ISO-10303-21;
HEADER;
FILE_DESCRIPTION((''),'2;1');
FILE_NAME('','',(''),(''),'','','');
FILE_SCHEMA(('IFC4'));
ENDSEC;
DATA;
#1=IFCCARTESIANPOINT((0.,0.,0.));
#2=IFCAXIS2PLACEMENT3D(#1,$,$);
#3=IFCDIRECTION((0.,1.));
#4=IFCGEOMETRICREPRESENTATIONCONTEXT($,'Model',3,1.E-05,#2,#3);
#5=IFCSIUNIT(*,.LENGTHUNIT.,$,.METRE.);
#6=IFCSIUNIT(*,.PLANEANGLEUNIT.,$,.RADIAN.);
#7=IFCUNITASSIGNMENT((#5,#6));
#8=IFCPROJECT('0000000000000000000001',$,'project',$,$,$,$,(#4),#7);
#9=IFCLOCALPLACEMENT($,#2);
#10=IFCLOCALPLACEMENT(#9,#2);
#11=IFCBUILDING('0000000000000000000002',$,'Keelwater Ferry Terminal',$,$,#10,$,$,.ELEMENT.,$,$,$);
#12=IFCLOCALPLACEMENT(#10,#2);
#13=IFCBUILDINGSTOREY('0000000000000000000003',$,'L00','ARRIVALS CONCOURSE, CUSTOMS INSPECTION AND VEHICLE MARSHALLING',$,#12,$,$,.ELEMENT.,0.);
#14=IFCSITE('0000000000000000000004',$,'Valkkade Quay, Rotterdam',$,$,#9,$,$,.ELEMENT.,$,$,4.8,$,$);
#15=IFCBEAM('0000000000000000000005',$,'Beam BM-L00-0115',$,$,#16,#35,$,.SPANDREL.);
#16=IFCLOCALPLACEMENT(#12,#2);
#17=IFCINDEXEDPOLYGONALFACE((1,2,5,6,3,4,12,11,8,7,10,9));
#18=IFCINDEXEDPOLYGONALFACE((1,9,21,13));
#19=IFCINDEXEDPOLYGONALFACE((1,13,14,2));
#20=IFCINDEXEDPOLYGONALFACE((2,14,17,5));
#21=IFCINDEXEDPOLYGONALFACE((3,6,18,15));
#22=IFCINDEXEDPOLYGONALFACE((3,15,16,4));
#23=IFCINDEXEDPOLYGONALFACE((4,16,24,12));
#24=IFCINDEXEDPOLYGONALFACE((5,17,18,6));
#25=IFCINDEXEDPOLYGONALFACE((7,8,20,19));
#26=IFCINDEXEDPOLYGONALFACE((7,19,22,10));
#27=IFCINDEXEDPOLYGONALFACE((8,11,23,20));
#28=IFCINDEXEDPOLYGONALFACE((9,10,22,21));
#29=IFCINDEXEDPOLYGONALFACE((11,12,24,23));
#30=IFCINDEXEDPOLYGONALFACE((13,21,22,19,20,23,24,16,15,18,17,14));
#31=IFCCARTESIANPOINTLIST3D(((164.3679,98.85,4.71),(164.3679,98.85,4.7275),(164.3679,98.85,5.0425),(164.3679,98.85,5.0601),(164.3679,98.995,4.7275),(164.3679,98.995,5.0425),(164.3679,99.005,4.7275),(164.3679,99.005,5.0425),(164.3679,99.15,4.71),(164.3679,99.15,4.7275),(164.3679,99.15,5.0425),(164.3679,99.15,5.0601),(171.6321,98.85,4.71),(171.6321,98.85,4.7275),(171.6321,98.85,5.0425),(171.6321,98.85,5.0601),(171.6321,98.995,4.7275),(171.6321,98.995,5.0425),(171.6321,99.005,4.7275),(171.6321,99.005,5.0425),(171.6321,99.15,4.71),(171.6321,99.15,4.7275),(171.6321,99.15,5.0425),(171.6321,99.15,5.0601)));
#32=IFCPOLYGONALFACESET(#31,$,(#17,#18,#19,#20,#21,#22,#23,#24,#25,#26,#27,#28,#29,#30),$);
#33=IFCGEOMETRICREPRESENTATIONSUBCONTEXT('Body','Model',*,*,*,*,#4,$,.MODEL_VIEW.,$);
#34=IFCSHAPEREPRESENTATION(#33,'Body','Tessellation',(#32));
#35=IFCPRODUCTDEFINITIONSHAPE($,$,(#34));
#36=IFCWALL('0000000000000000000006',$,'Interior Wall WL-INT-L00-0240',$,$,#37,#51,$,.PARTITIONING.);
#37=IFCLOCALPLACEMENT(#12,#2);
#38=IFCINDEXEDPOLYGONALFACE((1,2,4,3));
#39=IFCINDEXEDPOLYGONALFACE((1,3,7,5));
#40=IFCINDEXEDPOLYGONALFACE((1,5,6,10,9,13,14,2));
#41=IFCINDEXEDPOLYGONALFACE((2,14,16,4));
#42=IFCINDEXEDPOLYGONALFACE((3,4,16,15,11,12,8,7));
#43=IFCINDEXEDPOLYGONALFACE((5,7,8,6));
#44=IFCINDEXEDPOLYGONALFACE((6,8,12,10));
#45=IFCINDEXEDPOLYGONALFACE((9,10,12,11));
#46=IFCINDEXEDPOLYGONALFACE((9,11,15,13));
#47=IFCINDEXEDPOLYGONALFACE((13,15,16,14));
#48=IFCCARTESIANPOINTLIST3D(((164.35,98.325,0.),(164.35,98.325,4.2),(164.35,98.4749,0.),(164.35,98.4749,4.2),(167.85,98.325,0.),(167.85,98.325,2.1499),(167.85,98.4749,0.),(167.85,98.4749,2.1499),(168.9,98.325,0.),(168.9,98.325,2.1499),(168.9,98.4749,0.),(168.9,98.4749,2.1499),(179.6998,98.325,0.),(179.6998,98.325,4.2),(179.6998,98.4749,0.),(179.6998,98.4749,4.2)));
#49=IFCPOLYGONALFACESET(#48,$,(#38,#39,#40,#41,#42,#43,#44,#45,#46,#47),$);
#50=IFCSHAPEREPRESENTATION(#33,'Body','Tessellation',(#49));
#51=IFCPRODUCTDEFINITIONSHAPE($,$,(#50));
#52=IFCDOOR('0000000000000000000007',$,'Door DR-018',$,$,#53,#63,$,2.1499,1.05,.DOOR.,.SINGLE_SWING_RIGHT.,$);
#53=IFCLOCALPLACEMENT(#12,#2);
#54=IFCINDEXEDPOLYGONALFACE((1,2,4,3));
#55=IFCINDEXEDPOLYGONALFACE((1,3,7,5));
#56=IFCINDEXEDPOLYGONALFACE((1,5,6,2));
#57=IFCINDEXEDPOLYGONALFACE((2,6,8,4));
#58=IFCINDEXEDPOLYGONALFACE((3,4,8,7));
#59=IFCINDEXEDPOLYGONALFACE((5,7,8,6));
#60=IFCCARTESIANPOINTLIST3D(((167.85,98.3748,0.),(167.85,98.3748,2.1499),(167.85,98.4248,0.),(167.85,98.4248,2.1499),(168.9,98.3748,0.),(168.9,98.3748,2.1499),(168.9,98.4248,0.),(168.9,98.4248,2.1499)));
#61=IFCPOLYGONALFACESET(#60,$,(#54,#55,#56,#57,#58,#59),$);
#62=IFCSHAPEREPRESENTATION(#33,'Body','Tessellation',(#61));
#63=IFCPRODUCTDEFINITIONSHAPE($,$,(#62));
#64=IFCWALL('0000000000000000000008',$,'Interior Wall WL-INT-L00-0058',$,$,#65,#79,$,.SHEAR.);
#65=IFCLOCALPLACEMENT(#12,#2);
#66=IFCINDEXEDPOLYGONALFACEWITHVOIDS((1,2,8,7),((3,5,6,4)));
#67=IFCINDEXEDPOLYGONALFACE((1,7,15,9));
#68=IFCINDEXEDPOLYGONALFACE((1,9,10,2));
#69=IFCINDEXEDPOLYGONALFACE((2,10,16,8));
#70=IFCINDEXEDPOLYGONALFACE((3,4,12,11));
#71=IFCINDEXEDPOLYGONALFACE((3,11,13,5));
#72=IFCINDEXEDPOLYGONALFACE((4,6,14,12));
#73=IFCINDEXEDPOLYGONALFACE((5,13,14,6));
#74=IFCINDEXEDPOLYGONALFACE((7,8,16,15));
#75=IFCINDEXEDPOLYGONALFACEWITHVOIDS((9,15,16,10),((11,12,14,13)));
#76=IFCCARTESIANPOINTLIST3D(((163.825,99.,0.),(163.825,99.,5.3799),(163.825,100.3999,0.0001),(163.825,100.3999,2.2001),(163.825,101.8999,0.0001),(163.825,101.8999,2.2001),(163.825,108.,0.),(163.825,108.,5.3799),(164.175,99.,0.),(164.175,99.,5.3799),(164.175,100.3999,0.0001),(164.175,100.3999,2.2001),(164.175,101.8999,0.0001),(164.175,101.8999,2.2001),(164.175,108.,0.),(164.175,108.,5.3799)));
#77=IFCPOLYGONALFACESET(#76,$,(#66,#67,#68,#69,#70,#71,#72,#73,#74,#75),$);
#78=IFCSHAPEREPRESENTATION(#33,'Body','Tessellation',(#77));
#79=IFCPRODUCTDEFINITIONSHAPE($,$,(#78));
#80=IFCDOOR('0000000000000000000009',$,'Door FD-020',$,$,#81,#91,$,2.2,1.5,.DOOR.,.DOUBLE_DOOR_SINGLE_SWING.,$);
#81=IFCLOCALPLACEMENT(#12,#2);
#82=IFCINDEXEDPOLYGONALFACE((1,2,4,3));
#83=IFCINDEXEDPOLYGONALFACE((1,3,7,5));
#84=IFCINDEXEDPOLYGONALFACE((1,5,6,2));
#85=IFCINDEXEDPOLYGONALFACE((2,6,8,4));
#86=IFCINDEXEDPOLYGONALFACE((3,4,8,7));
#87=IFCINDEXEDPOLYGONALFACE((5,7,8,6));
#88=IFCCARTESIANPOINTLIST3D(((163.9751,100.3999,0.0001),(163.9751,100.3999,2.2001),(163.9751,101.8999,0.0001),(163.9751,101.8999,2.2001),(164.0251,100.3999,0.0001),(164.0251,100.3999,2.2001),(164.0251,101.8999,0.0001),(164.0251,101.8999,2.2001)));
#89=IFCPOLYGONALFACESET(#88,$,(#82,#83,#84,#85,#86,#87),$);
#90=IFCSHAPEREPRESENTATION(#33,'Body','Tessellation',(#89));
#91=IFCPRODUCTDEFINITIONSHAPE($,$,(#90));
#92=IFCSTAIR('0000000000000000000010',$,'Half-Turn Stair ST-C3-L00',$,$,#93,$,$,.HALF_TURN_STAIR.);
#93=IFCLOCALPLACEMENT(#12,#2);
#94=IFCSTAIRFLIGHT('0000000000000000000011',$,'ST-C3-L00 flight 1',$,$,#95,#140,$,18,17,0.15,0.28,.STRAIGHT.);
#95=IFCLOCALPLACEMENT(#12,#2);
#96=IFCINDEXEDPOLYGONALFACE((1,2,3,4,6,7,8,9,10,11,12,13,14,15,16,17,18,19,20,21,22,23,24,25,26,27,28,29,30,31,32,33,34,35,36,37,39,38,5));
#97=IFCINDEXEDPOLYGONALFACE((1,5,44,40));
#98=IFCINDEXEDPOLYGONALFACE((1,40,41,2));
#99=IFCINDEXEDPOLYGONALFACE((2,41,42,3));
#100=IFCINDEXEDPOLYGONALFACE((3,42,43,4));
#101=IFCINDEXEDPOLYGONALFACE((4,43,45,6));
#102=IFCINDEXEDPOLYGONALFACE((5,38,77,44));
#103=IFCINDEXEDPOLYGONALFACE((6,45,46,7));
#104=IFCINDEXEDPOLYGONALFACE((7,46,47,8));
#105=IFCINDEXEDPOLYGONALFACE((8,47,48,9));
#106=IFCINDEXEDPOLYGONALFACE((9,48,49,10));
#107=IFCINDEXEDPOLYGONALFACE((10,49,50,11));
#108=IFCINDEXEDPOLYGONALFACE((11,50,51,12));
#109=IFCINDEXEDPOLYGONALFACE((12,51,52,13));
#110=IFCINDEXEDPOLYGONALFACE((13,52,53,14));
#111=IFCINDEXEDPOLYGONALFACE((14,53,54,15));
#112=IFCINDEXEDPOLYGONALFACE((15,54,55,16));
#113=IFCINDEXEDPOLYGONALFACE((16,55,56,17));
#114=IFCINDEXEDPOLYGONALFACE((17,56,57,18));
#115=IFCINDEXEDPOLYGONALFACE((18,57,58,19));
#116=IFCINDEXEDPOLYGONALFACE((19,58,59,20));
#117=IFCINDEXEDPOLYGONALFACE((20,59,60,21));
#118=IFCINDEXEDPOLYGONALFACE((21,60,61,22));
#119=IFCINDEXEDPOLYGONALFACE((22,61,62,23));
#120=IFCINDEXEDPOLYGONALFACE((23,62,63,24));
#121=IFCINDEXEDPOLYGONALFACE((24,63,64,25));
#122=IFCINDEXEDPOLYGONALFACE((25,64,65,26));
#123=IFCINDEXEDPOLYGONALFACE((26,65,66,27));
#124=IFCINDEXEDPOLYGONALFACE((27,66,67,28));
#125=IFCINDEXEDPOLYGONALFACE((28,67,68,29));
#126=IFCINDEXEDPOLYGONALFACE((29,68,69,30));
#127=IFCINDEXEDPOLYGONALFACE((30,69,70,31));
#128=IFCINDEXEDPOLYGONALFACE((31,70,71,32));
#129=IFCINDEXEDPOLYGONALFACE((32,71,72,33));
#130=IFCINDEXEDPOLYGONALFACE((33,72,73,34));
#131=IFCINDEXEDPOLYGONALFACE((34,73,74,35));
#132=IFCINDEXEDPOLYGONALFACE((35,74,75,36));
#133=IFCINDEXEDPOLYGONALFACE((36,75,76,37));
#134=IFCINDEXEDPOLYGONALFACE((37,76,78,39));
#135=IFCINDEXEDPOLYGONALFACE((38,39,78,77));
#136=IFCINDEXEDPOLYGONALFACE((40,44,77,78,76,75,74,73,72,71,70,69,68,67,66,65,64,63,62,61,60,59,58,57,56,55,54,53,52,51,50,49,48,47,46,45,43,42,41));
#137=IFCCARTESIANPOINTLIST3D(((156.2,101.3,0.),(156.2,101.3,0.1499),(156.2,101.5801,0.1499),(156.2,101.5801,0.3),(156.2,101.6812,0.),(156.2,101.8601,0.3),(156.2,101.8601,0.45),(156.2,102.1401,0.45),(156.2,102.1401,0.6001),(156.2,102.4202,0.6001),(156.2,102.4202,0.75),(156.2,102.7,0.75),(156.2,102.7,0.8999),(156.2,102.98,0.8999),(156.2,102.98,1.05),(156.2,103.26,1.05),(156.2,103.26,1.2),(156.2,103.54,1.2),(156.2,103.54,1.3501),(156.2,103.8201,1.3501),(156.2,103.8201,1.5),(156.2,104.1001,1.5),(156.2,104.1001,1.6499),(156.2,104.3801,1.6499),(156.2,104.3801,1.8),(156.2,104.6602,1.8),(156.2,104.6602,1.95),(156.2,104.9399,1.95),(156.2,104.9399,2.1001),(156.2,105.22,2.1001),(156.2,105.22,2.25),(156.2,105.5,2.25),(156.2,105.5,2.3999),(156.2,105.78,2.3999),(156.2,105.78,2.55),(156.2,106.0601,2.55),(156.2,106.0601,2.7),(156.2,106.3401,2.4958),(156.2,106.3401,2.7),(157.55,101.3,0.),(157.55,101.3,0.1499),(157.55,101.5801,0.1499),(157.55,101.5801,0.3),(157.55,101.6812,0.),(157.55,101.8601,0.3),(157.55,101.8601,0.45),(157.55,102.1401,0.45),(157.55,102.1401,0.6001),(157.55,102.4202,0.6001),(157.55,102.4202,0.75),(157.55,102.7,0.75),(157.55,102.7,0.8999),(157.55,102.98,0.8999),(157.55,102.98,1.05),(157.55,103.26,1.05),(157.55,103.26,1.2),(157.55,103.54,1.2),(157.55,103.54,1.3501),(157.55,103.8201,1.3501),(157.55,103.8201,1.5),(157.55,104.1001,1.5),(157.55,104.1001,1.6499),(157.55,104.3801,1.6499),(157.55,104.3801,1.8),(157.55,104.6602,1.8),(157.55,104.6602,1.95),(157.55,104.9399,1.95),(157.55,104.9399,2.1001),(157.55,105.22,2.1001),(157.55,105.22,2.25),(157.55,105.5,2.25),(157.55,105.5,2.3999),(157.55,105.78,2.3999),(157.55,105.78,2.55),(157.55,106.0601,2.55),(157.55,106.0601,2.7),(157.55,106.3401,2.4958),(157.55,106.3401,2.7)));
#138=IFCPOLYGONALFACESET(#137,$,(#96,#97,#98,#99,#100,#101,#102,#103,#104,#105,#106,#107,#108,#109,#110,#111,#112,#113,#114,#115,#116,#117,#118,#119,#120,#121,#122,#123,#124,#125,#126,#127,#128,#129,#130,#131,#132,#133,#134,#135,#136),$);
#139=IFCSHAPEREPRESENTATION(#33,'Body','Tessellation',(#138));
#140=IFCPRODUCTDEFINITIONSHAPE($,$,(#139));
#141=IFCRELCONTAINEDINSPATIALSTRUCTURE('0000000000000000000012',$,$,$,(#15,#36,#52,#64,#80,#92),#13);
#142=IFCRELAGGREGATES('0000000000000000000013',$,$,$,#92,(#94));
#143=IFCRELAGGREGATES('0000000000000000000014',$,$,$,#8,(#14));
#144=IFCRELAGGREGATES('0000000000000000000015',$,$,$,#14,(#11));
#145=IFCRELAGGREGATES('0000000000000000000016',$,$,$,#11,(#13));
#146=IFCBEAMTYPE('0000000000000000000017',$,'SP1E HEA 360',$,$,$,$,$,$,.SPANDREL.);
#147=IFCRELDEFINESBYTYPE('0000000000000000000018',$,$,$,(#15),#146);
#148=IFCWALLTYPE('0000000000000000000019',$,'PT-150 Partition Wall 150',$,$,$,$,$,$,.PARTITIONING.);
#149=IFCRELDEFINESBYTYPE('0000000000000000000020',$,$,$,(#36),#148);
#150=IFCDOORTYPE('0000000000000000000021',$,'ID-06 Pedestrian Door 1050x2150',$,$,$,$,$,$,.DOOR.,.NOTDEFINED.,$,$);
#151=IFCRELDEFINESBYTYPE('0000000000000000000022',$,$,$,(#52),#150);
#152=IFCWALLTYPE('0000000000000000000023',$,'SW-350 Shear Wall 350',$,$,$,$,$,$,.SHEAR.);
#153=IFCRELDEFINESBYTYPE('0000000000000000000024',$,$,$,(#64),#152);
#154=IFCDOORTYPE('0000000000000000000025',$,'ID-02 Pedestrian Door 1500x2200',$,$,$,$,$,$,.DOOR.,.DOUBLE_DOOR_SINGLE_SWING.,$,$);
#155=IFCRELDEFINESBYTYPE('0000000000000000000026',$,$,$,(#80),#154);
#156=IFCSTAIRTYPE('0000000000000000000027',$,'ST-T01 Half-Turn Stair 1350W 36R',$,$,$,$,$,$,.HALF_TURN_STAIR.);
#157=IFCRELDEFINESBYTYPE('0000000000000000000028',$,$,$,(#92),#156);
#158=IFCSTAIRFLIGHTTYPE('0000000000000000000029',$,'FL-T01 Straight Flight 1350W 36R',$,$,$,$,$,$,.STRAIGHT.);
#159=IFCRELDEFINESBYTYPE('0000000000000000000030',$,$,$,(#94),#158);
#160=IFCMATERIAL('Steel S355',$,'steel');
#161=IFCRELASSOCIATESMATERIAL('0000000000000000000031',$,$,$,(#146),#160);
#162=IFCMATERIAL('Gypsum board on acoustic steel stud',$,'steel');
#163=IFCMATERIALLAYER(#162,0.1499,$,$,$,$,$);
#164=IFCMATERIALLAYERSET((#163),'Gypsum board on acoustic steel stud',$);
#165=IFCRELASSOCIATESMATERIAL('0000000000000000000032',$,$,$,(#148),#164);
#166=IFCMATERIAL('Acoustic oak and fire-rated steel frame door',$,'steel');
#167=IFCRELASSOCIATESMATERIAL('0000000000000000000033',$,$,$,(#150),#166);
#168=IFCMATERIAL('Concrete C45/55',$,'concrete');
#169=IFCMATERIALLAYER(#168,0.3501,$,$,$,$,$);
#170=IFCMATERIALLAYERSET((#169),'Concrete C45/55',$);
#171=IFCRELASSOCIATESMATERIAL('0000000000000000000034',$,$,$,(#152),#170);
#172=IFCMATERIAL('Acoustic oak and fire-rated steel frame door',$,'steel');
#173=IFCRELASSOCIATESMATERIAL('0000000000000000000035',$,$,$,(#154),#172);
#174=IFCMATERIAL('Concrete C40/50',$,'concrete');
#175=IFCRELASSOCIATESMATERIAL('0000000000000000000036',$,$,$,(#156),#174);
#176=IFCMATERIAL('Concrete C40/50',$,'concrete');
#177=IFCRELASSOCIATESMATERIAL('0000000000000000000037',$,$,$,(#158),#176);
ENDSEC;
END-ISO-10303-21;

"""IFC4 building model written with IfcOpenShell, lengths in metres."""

from ifc_helpers import new_model, si_unit, direction, frame, frame_2d, origin, origin_2d, place, context, subcontext, project, spatial, polyline, rectangle, i_section, outline, extrude, material, layer, layer_set, material_profile, profile_set, type_object, element, fill, aggregate, save


model = new_model("IFC4")

# Units and contexts
model_context = context("Model", 3, precision=1e-05, world=origin(), true_north=direction((0.0, 1.0)))
body_context = subcontext(model_context, "Body", "Model", "MODEL_VIEW")
ifc_project = project(units=[si_unit("LENGTHUNIT", "METRE"), si_unit("PLANEANGLEUNIT", "RADIAN")], contexts=[model_context])

# Site, building, storey
site_placement = place(None, origin())
site = spatial("IfcSite", under=ifc_project, at=site_placement, Name="Valkkade Quay, Rotterdam", CompositionType="ELEMENT", RefElevation=4.8)
building_placement = place(site_placement, origin())
building = spatial("IfcBuilding", under=site, at=building_placement, Name="Keelwater Ferry Terminal", CompositionType="ELEMENT")
storey_placement = place(building_placement, origin())
storey = spatial("IfcBuildingStorey", under=building, at=storey_placement, Name="L00", Description="ARRIVALS CONCOURSE, CUSTOMS INSPECTION AND VEHICLE MARSHALLING", CompositionType="ELEMENT", Elevation=0.0)

# Beam
ifc_material_1 = material(Name="Steel S355", Category="steel")
ifc_material_profile_1 = material_profile(ifc_material_1, i_section(OverallWidth=0.3, OverallDepth=0.3501, WebThickness=0.01, FlangeThickness=0.0176, at=origin_2d()), Name="HEA 360")
ifc_profile_set_1 = profile_set([ifc_material_profile_1], Name="Steel S355")
beam_type_1 = type_object("IfcBeamType", Name="SP1E HEA 360", PredefinedType="SPANDREL", material=ifc_profile_set_1)
beam_1_placement = place(storey_placement, frame((164.3679, 99.0, 4.885), z_axis=(1.0, 0.0, 0.0), x_axis=(0.0, 1.0, 0.0)))
element("IfcBeam", 1, at=beam_1_placement, inside=storey, type_object=beam_type_1, Name="Beam BM-L00-0115", PredefinedType="SPANDREL", context=body_context, shape_type="SweptSolid", body=[
    extrude(i_section(OverallWidth=0.3, OverallDepth=0.3501, WebThickness=0.01, FlangeThickness=0.0176, at=origin_2d()), origin(), (0.0, 0.0, 1.0), 7.2642),
])

# Walls, openings, doors
ifc_material_2 = material(Name="Gypsum board on acoustic steel stud", Category="steel")
ifc_layer_1 = layer(ifc_material_2, 0.1499)
ifc_layer_set_1 = layer_set([ifc_layer_1], Name="Gypsum board on acoustic steel stud")
wall_type_1 = type_object("IfcWallType", Name="PT-150 Partition Wall 150", PredefinedType="PARTITIONING", material=ifc_layer_set_1)
wall_1_placement = place(storey_placement, frame((164.3501, 98.3999, 0.0), z_axis=(0.0, 0.0, 1.0), x_axis=(1.0, 0.0, 0.0)))
wall_1 = element("IfcWall", 2, at=wall_1_placement, inside=storey, type_object=wall_type_1, Name="Interior Wall WL-INT-L00-0240", PredefinedType="PARTITIONING", context=body_context, shape_type="SweptSolid", body=[
    extrude(rectangle(XDim=15.3499, YDim=0.1499, at=frame_2d((7.6748, 0.0))), origin(), (0.0, 0.0, 1.0), 4.2),
])
opening_1_placement = place(wall_1_placement, frame((3.5, 0.0, 0.0)))
opening_1 = element("IfcOpeningElement", 3, at=opening_1_placement, cuts=wall_1, PredefinedType="OPENING", context=body_context, shape_type="SweptSolid", body=[
    extrude(rectangle(XDim=1.05, YDim=2.1499, at=frame_2d((0.5249, 1.075))), frame((0.0, 0.085, 0.0), z_axis=(0.0, -1.0, 0.0), x_axis=(1.0, 0.0, 0.0)), (0.0, 0.0, 1.0), 0.1699),
])
ifc_material_3 = material(Name="Acoustic oak and fire-rated steel frame door", Category="steel")
door_type_1 = type_object("IfcDoorType", Name="ID-06 Pedestrian Door 1050x2150", OperationType="NOTDEFINED", PredefinedType="DOOR", material=ifc_material_3)
door_1_placement = place(opening_1_placement, origin())
door_1 = element("IfcDoor", 4, at=door_1_placement, inside=storey, type_object=door_type_1, Name="Door DR-018", OperationType="SINGLE_SWING_RIGHT", OverallHeight=2.1499, OverallWidth=1.05, PredefinedType="DOOR", context=body_context, shape_type="SweptSolid", body=[
    extrude(rectangle(XDim=1.05, YDim=2.1499, at=frame_2d((0.5249, 1.075))), frame((0.0, 0.0249, 0.0), z_axis=(0.0, -1.0, 0.0), x_axis=(1.0, 0.0, 0.0)), (0.0, 0.0, 1.0), 0.05),
])
fill(opening_1, door_1)
ifc_material_4 = material(Name="Concrete C45/55", Category="concrete")
ifc_layer_2 = layer(ifc_material_4, 0.3501)
ifc_layer_set_2 = layer_set([ifc_layer_2], Name="Concrete C45/55")
wall_type_2 = type_object("IfcWallType", Name="SW-350 Shear Wall 350", PredefinedType="SHEAR", material=ifc_layer_set_2)
wall_2_placement = place(storey_placement, frame((164.0, 99.0, 0.0), z_axis=(0.0, 0.0, 1.0), x_axis=(0.0, 1.0, 0.0)))
wall_2 = element("IfcWall", 5, at=wall_2_placement, inside=storey, type_object=wall_type_2, Name="Interior Wall WL-INT-L00-0058", PredefinedType="SHEAR", context=body_context, shape_type="SweptSolid", body=[
    extrude(rectangle(XDim=9.0, YDim=0.3501, at=frame_2d((4.5, 0.0))), origin(), (0.0, 0.0, 1.0), 5.3799),
])
opening_2_placement = place(wall_2_placement, frame((1.3999, 0.0, 0.0)))
opening_2 = element("IfcOpeningElement", 6, at=opening_2_placement, cuts=wall_2, PredefinedType="OPENING", context=body_context, shape_type="SweptSolid", body=[
    extrude(rectangle(XDim=1.5, YDim=2.2, at=frame_2d((0.75, 1.1001))), frame((0.0, 0.1851, 0.0), z_axis=(0.0, -1.0, 0.0), x_axis=(1.0, 0.0, 0.0)), (0.0, 0.0, 1.0), 0.3701),
])
ifc_material_5 = material(Name="Acoustic oak and fire-rated steel frame door", Category="steel")
door_type_2 = type_object("IfcDoorType", Name="ID-02 Pedestrian Door 1500x2200", OperationType="DOUBLE_DOOR_SINGLE_SWING", PredefinedType="DOOR", material=ifc_material_5)
door_2_placement = place(opening_2_placement, origin())
door_2 = element("IfcDoor", 7, at=door_2_placement, inside=storey, type_object=door_type_2, Name="Door FD-020", OperationType="DOUBLE_DOOR_SINGLE_SWING", OverallHeight=2.2, OverallWidth=1.5, PredefinedType="DOOR", context=body_context, shape_type="SweptSolid", body=[
    extrude(rectangle(XDim=1.5, YDim=2.2, at=frame_2d((0.75, 1.1001))), frame((0.0, 0.0249, 0.0), z_axis=(0.0, -1.0, 0.0), x_axis=(1.0, 0.0, 0.0)), (0.0, 0.0, 1.0), 0.05),
])
fill(opening_2, door_2)

# Stair, stair flight
ifc_material_6 = material(Name="Concrete C40/50", Category="concrete")
stair_type = type_object("IfcStairType", Name="ST-T01 Half-Turn Stair 1350W 36R", PredefinedType="HALF_TURN_STAIR", material=ifc_material_6)
stair_placement = place(storey_placement, origin())
stair = element("IfcStair", 8, at=stair_placement, inside=storey, type_object=stair_type, Name="Half-Turn Stair ST-C3-L00", PredefinedType="HALF_TURN_STAIR")
ifc_material_7 = material(Name="Concrete C40/50", Category="concrete")
stair_flight_type = type_object("IfcStairFlightType", Name="FL-T01 Straight Flight 1350W 36R", PredefinedType="STRAIGHT", material=ifc_material_7)
stair_flight_placement = place(storey_placement, frame((156.875, 101.3, 0.0), z_axis=(0.0, 0.0, 1.0), x_axis=(0.0, 1.0, 0.0)))
stair_flight = element("IfcStairFlight", 9, at=stair_flight_placement, type_object=stair_flight_type, Name="ST-C3-L00 flight 1", NumberOfRisers=18, NumberOfTreads=17, PredefinedType="STRAIGHT", RiserHeight=0.15, TreadLength=0.28, context=body_context, shape_type="SweptSolid", body=[
    extrude(outline(polyline([(0.0, 0.0), (0.0, 0.1499), (0.28, 0.1499), (0.28, 0.3), (0.5601, 0.3), (0.5601, 0.45), (0.8401, 0.45), (0.8401, 0.6001), (1.1201, 0.6001), (1.1201, 0.75), (1.3999, 0.75), (1.3999, 0.8999), (1.6799, 0.8999), (1.6799, 1.05), (1.96, 1.05), (1.96, 1.2), (2.24, 1.2), (2.24, 1.3501), (2.52, 1.3501), (2.52, 1.5), (2.8, 1.5), (2.8, 1.6499), (3.0801, 1.6499), (3.0801, 1.8), (3.3601, 1.8), (3.3601, 1.95), (3.6399, 1.95), (3.6399, 2.1001), (3.9199, 2.1001), (3.9199, 2.25), (4.2, 2.25), (4.2, 2.3999), (4.48, 2.3999), (4.48, 2.55), (4.76, 2.55), (4.76, 2.7), (5.04, 2.7), (5.04, 2.4958), (0.3811, 0.0), (0.0, 0.0)])), frame((0.0, 0.675, 0.0), z_axis=(0.0, -1.0, 0.0), x_axis=(1.0, 0.0, 0.0)), (0.0, 0.0, 1.0), 1.3501),
])
aggregate(stair, [stair_flight])

save(model, "model.ifc")
